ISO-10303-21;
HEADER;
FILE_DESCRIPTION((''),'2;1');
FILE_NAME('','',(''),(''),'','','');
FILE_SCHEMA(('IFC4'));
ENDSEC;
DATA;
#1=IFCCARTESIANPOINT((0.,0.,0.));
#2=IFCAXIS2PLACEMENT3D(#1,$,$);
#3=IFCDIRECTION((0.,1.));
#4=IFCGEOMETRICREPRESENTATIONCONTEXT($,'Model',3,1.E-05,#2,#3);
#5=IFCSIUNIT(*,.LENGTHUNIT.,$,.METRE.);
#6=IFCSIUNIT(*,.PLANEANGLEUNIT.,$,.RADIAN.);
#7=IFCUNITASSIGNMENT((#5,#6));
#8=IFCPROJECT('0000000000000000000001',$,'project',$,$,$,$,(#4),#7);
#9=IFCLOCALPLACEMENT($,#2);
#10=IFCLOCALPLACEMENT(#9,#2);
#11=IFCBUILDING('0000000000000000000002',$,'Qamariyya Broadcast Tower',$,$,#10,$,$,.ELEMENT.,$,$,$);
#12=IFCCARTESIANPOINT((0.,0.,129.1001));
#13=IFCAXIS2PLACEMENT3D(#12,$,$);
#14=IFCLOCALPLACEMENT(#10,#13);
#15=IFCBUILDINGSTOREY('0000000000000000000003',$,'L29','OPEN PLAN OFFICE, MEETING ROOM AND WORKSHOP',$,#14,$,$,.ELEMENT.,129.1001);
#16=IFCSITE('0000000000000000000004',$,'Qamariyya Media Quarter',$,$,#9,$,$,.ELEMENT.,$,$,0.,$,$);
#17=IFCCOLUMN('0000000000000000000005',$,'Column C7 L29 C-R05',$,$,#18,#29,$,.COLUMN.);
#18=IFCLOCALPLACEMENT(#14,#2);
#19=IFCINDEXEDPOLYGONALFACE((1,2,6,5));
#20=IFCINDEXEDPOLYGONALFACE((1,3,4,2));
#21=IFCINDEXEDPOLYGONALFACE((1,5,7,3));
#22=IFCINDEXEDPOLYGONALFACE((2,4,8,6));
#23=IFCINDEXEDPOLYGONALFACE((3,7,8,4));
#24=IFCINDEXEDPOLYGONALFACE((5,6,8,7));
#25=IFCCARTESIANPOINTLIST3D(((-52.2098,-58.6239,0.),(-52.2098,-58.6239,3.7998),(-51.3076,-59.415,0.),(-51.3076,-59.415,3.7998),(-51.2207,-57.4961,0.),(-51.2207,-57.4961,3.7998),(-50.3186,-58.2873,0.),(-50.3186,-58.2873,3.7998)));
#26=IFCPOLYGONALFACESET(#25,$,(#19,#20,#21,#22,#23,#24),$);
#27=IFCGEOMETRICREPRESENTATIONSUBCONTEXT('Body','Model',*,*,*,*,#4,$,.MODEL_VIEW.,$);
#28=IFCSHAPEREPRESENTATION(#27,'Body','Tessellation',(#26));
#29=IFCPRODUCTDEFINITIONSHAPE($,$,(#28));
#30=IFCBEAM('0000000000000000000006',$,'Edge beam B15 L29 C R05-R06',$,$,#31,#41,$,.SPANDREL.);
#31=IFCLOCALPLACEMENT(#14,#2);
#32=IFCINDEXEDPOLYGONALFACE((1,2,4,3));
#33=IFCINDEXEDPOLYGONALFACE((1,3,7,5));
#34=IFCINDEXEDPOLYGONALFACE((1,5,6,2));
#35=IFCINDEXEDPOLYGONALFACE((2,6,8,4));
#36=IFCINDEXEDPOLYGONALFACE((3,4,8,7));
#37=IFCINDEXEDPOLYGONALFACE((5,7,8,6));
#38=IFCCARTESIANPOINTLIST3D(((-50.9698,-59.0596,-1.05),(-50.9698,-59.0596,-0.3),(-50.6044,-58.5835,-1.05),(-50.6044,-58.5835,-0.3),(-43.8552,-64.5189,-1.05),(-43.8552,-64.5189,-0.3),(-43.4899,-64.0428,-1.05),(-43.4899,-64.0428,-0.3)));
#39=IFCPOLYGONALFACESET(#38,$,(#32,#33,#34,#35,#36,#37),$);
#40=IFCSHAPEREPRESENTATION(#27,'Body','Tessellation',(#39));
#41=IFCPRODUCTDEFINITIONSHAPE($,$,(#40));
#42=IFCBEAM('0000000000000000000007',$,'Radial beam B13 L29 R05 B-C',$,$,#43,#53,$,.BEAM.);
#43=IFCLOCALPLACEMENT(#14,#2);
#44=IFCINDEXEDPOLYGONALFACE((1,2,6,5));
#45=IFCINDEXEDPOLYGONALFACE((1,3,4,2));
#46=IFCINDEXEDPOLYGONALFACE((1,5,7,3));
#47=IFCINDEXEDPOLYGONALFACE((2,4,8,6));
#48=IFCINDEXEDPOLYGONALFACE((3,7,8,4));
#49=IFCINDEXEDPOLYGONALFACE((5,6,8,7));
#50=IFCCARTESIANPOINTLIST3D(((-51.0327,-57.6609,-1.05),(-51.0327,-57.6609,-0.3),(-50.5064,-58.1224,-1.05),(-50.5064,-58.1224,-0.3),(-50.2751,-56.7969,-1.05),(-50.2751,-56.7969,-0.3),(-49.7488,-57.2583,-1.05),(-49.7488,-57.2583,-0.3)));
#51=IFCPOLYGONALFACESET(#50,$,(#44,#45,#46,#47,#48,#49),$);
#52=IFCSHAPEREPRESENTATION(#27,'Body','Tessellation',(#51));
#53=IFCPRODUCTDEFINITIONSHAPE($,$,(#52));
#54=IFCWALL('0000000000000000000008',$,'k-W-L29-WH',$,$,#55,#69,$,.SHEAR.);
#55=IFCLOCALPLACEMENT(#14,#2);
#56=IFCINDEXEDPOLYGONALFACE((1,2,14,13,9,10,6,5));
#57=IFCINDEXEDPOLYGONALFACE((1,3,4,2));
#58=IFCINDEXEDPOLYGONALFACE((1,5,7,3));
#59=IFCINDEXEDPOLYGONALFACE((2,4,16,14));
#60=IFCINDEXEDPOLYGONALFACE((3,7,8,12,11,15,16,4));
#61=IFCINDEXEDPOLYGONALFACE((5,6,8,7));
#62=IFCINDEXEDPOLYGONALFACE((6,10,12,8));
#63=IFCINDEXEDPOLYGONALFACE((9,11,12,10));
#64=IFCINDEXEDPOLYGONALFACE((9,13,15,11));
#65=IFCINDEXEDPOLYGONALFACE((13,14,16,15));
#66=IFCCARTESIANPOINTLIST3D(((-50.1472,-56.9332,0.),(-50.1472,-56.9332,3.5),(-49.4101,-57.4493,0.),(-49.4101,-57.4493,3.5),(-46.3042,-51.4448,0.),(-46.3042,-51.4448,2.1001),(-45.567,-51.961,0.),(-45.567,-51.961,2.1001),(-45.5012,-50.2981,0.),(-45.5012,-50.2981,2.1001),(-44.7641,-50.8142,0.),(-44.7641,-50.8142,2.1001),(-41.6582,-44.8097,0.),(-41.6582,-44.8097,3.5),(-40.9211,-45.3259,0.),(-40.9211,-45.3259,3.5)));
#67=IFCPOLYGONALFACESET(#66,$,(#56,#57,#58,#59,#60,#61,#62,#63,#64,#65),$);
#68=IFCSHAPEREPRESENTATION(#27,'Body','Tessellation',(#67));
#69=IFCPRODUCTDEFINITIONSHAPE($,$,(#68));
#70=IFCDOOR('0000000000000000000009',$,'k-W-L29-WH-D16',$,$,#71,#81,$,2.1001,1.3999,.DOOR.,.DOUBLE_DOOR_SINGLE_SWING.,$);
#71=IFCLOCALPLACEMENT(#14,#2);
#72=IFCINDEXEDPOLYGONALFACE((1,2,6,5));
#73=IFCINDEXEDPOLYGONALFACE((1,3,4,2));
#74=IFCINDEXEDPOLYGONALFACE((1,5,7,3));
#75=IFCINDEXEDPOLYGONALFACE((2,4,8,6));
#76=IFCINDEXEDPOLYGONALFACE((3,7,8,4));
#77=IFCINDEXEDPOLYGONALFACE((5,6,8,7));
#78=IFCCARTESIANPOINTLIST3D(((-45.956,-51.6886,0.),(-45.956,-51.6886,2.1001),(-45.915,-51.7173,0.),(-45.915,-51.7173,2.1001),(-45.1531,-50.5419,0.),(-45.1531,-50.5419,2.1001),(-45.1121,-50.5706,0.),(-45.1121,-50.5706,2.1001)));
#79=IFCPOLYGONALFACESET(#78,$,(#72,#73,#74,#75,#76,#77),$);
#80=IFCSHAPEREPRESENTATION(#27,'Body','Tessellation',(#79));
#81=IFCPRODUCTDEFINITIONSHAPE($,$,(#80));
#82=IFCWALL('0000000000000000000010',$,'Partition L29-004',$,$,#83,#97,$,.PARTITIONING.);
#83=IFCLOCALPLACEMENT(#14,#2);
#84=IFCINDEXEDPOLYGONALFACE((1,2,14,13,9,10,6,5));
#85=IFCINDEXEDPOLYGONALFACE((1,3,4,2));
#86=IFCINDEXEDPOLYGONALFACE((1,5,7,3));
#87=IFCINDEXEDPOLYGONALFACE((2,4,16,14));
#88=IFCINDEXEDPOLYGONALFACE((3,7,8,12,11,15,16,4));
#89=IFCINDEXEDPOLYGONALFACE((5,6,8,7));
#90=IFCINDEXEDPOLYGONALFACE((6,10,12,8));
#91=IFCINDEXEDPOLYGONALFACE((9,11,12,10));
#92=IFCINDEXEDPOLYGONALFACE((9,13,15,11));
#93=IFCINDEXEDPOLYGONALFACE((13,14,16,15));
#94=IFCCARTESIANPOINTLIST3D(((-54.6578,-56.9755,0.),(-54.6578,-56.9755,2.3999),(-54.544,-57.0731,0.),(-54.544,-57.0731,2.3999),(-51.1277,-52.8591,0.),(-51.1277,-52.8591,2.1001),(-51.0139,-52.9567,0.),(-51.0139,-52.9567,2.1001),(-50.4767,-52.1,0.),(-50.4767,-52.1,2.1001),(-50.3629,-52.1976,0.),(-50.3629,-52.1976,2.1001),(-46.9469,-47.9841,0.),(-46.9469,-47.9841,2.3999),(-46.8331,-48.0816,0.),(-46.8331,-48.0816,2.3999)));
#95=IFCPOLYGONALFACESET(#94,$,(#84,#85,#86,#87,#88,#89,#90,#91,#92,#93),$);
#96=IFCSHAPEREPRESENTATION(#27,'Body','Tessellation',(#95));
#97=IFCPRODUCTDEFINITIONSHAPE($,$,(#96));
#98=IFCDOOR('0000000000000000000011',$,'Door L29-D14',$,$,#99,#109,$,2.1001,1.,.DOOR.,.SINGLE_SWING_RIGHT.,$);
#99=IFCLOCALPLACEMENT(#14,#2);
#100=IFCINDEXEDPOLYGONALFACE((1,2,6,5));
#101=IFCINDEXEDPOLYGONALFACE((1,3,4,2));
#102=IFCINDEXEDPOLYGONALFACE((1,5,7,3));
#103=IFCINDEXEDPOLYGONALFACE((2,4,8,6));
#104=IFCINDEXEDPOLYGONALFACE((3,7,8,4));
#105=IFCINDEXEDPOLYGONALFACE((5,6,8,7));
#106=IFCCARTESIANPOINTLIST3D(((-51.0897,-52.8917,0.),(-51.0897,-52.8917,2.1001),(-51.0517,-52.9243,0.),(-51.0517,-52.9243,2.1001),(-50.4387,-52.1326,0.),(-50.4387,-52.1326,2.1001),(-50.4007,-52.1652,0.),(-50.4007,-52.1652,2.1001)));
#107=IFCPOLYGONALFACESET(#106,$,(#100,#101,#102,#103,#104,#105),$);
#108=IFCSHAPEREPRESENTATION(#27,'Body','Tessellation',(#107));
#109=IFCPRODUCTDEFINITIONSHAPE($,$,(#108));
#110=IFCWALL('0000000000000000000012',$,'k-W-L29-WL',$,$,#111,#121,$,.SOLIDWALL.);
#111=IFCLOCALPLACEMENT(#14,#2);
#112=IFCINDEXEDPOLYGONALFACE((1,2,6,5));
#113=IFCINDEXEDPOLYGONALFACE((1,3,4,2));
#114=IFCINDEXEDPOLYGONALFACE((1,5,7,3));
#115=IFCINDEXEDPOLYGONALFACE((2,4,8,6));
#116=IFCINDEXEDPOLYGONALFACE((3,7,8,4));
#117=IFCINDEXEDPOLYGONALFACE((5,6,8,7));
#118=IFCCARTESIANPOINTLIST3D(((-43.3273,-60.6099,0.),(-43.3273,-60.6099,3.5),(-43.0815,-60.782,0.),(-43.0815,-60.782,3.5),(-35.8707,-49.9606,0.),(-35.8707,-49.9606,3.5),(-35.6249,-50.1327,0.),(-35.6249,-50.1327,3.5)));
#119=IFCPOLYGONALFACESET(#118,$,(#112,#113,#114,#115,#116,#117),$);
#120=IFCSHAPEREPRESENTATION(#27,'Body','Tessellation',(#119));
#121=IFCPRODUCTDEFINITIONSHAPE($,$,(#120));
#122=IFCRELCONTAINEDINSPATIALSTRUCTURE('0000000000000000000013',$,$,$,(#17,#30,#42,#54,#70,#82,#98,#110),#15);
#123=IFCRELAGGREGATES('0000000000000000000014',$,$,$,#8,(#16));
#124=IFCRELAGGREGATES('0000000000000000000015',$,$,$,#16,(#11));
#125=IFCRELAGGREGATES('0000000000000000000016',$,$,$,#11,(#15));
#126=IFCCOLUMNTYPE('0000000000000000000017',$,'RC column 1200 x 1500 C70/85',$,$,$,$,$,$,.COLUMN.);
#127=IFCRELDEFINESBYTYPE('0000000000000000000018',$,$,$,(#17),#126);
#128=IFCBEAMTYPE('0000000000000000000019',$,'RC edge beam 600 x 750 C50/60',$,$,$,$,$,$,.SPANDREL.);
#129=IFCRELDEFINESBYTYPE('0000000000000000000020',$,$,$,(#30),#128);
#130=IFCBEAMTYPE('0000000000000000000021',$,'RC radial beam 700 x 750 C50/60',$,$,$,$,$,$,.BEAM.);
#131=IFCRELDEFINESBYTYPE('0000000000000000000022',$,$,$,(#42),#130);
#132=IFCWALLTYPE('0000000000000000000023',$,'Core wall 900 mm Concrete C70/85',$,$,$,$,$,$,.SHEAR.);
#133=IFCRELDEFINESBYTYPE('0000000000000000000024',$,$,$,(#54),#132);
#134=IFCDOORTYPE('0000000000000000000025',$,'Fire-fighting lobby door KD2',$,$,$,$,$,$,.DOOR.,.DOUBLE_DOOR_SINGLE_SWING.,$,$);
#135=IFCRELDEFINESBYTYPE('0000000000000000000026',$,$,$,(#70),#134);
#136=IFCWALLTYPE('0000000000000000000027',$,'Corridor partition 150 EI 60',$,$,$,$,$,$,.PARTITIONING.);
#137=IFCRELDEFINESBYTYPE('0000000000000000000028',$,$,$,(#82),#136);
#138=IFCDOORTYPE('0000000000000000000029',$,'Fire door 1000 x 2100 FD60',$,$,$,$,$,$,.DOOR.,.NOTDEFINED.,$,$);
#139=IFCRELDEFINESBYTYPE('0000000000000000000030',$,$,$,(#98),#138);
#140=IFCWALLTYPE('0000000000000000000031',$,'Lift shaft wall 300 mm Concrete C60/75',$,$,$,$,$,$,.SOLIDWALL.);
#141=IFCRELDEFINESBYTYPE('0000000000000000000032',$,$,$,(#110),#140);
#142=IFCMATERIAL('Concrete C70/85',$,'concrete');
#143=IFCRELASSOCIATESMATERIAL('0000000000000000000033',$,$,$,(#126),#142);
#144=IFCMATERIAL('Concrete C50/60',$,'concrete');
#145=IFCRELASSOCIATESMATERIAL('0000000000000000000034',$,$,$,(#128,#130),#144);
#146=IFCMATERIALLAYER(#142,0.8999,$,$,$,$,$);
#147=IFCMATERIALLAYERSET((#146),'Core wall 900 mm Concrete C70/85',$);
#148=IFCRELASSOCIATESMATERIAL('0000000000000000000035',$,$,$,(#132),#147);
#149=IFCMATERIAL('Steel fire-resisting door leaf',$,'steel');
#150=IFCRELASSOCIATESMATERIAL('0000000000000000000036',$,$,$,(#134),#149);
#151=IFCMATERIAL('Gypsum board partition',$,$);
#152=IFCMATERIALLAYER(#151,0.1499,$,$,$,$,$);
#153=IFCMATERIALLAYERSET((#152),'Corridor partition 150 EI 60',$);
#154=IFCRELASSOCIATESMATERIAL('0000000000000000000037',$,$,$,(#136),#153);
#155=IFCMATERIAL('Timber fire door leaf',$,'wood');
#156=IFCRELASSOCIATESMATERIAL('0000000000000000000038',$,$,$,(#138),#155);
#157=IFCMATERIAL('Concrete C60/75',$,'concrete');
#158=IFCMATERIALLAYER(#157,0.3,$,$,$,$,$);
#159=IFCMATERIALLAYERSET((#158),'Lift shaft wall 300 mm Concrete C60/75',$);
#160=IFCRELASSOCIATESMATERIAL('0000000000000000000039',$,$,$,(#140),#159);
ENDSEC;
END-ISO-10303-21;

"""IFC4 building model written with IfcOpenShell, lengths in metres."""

from ifc_helpers import new_model, si_unit, direction, frame, frame_2d, origin, origin_2d, place, context, subcontext, project, spatial, rectangle, extrude, material, layer, layer_set, material_profile, profile_set, type_object, element, fill, save


model = new_model("IFC4")

# Units and contexts
model_context = context("Model", 3, precision=1e-05, world=origin(), true_north=direction((0.0, 1.0)))
body_context = subcontext(model_context, "Body", "Model", "MODEL_VIEW")
ifc_project = project(units=[si_unit("LENGTHUNIT", "METRE"), si_unit("PLANEANGLEUNIT", "RADIAN")], contexts=[model_context])

# Site, building, storey
site_placement = place(None, origin())
site = spatial("IfcSite", under=ifc_project, at=site_placement, Name="Qamariyya Media Quarter", CompositionType="ELEMENT", RefElevation=0.0)
building_placement = place(site_placement, origin())
building = spatial("IfcBuilding", under=site, at=building_placement, Name="Qamariyya Broadcast Tower", CompositionType="ELEMENT")
storey_placement = place(building_placement, frame((0.0, 0.0, 129.1001)))
storey = spatial("IfcBuildingStorey", under=building, at=storey_placement, Name="L29", Description="OPEN PLAN OFFICE, MEETING ROOM AND WORKSHOP", CompositionType="ELEMENT", Elevation=129.1001)

# Column
ifc_material_1 = material(Name="Concrete C70/85", Category="concrete")
ifc_material_profile_1 = material_profile(ifc_material_1, rectangle(XDim=1.2, YDim=1.5, at=origin_2d()))
ifc_profile_set_1 = profile_set([ifc_material_profile_1], Name="Concrete C70/85")
column_type = type_object("IfcColumnType", Name="RC column 1200 x 1500 C70/85", PredefinedType="COLUMN", material=ifc_profile_set_1)
column_placement = place(storey_placement, frame((-51.2642, -58.4556, 0.0), z_axis=(0.0, 0.0, 1.0), x_axis=(0.75184, -0.659346, 0.0)))
element("IfcColumn", 1, at=column_placement, inside=storey, type_object=column_type, Name="Column C7 L29 C-R05", PredefinedType="COLUMN", context=body_context, shape_type="SweptSolid", body=[
    extrude(rectangle(XDim=1.2, YDim=1.5, at=origin_2d()), origin(), (0.0, 0.0, 1.0), 3.7998),
])

# Beams
ifc_material_2 = material(Name="Concrete C50/60", Category="concrete")
ifc_material_profile_2 = material_profile(ifc_material_2, rectangle(XDim=0.6001, YDim=0.75, at=origin_2d()))
ifc_profile_set_2 = profile_set([ifc_material_profile_2], Name="Concrete C50/60")
beam_type_1 = type_object("IfcBeamType", Name="RC edge beam 600 x 750 C50/60", PredefinedType="SPANDREL", material=ifc_profile_set_2)
beam_1_placement = place(storey_placement, frame((-50.7871, -58.8215, -0.675), z_axis=(0.793349, -0.608767, 0.0), x_axis=(0.608767, 0.793349, 0.0)))
element("IfcBeam", 2, at=beam_1_placement, inside=storey, type_object=beam_type_1, Name="Edge beam B15 L29 C R05-R06", PredefinedType="SPANDREL", context=body_context, shape_type="SweptSolid", body=[
    extrude(rectangle(XDim=0.6001, YDim=0.75, at=origin_2d()), origin(), (0.0, 0.0, 1.0), 8.9678),
])
ifc_material_profile_3 = material_profile(ifc_material_2, rectangle(XDim=0.7, YDim=0.75, at=origin_2d()))
ifc_profile_set_3 = profile_set([ifc_material_profile_3], Name="Concrete C50/60")
beam_type_2 = type_object("IfcBeamType", Name="RC radial beam 700 x 750 C50/60", PredefinedType="BEAM", material=ifc_profile_set_3)
beam_2_placement = place(storey_placement, frame((-50.012, -57.0276, -0.675), z_axis=(-0.659271, -0.751905, 0.0), x_axis=(0.751905, -0.659271, 0.0)))
element("IfcBeam", 3, at=beam_2_placement, inside=storey, type_object=beam_type_2, Name="Radial beam B13 L29 R05 B-C", PredefinedType="BEAM", context=body_context, shape_type="SweptSolid", body=[
    extrude(rectangle(XDim=0.7, YDim=0.75, at=origin_2d()), origin(), (0.0, 0.0, 1.0), 1.1492),
])

# Walls, openings, doors
ifc_layer_1 = layer(ifc_material_1, 0.8999)
ifc_layer_set_1 = layer_set([ifc_layer_1], Name="Core wall 900 mm Concrete C70/85")
wall_type_1 = type_object("IfcWallType", Name="Core wall 900 mm Concrete C70/85", PredefinedType="SHEAR", material=ifc_layer_set_1)
wall_1_placement = place(storey_placement, frame((-49.7786, -57.1912, 0.0), z_axis=(0.0, 0.0, 1.0), x_axis=(0.573577, 0.819151, 0.0)))
wall_1 = element("IfcWall", 4, at=wall_1_placement, inside=storey, type_object=wall_type_1, Name="k-W-L29-WH", PredefinedType="SHEAR", context=body_context, shape_type="SweptSolid", body=[
    extrude(rectangle(XDim=14.8, YDim=0.8999, at=frame_2d((7.3999, 0.0))), origin(), (0.0, 0.0, 1.0), 3.5),
])
opening_1_placement = place(wall_1_placement, frame((6.7, 0.0, 0.0)))
opening_1 = element("IfcOpeningElement", 5, at=opening_1_placement, cuts=wall_1, PredefinedType="OPENING", context=body_context, shape_type="SweptSolid", body=[
    extrude(rectangle(XDim=1.3999, YDim=2.1001, at=frame_2d((0.7, 1.05))), frame((0.0, 0.46, 0.0), z_axis=(0.0, -1.0, 0.0), x_axis=(1.0, 0.0, 0.0)), (0.0, 0.0, 1.0), 0.9199),
])
ifc_material_3 = material(Name="Steel fire-resisting door leaf", Category="steel")
door_type_1 = type_object("IfcDoorType", Name="Fire-fighting lobby door KD2", OperationType="DOUBLE_DOOR_SINGLE_SWING", PredefinedType="DOOR", material=ifc_material_3)
door_1_placement = place(opening_1_placement, origin())
door_1 = element("IfcDoor", 6, at=door_1_placement, inside=storey, type_object=door_type_1, Name="k-W-L29-WH-D16", OperationType="DOUBLE_DOOR_SINGLE_SWING", OverallHeight=2.1001, OverallWidth=1.3999, PredefinedType="DOOR", context=body_context, shape_type="SweptSolid", body=[
    extrude(rectangle(XDim=1.3999, YDim=2.1001, at=frame_2d((0.7, 1.05))), frame((0.0, 0.0249, 0.0), z_axis=(0.0, -1.0, 0.0), x_axis=(1.0, 0.0, 0.0)), (0.0, 0.0, 1.0), 0.05),
])
fill(opening_1, door_1)
ifc_material_4 = material(Name="Gypsum board partition")
ifc_layer_2 = layer(ifc_material_4, 0.1499)
ifc_layer_set_2 = layer_set([ifc_layer_2], Name="Corridor partition 150 EI 60")
wall_type_2 = type_object("IfcWallType", Name="Corridor partition 150 EI 60", PredefinedType="PARTITIONING", material=ifc_layer_set_2)
wall_2_placement = place(storey_placement, frame((-54.6008, -57.0242, 0.0), z_axis=(0.0, 0.0, 1.0), x_axis=(0.650985, 0.759091, 0.0)))
wall_2 = element("IfcWall", 7, at=wall_2_placement, inside=storey, type_object=wall_type_2, Name="Partition L29-004", PredefinedType="PARTITIONING", context=body_context, shape_type="SweptSolid", body=[
    extrude(rectangle(XDim=11.845, YDim=0.1499, at=frame_2d((5.9224, 0.0))), origin(), (0.0, 0.0, 1.0), 2.3999),
])
opening_2_placement = place(wall_2_placement, frame((5.4226, 0.0, 0.0)))
opening_2 = element("IfcOpeningElement", 8, at=opening_2_placement, cuts=wall_2, PredefinedType="OPENING", context=body_context, shape_type="SweptSolid", body=[
    extrude(rectangle(XDim=1.0, YDim=2.1001, at=frame_2d((0.5, 1.05))), frame((0.0, 0.085, 0.0), z_axis=(0.0, -1.0, 0.0), x_axis=(1.0, 0.0, 0.0)), (0.0, 0.0, 1.0), 0.1699),
])
ifc_material_5 = material(Name="Timber fire door leaf", Category="wood")
door_type_2 = type_object("IfcDoorType", Name="Fire door 1000 x 2100 FD60", OperationType="NOTDEFINED", PredefinedType="DOOR", material=ifc_material_5)
door_2_placement = place(opening_2_placement, origin())
door_2 = element("IfcDoor", 9, at=door_2_placement, inside=storey, type_object=door_type_2, Name="Door L29-D14", OperationType="SINGLE_SWING_RIGHT", OverallHeight=2.1001, OverallWidth=1.0, PredefinedType="DOOR", context=body_context, shape_type="SweptSolid", body=[
    extrude(rectangle(XDim=1.0, YDim=2.1001, at=frame_2d((0.5, 1.05))), frame((0.0, 0.0249, 0.0), z_axis=(0.0, -1.0, 0.0), x_axis=(1.0, 0.0, 0.0)), (0.0, 0.0, 1.0), 0.05),
])
fill(opening_2, door_2)

# Wall
ifc_material_6 = material(Name="Concrete C60/75", Category="concrete")
ifc_layer_3 = layer(ifc_material_6, 0.3)
ifc_layer_set_3 = layer_set([ifc_layer_3], Name="Lift shaft wall 300 mm Concrete C60/75")
wall_type_3 = type_object("IfcWallType", Name="Lift shaft wall 300 mm Concrete C60/75", PredefinedType="SOLIDWALL", material=ifc_layer_set_3)
wall_3_placement = place(storey_placement, frame((-43.2043, -60.6958, 0.0), z_axis=(0.0, 0.0, 1.0), x_axis=(0.573572, 0.819155, 0.0)))
element("IfcWall", 10, at=wall_3_placement, inside=storey, type_object=wall_type_3, Name="k-W-L29-WL", PredefinedType="SOLIDWALL", context=body_context, shape_type="SweptSolid", body=[
    extrude(rectangle(XDim=13.0002, YDim=0.3, at=frame_2d((6.5, 0.0))), origin(), (0.0, 0.0, 1.0), 3.5),
])

save(model, "model.ifc")
